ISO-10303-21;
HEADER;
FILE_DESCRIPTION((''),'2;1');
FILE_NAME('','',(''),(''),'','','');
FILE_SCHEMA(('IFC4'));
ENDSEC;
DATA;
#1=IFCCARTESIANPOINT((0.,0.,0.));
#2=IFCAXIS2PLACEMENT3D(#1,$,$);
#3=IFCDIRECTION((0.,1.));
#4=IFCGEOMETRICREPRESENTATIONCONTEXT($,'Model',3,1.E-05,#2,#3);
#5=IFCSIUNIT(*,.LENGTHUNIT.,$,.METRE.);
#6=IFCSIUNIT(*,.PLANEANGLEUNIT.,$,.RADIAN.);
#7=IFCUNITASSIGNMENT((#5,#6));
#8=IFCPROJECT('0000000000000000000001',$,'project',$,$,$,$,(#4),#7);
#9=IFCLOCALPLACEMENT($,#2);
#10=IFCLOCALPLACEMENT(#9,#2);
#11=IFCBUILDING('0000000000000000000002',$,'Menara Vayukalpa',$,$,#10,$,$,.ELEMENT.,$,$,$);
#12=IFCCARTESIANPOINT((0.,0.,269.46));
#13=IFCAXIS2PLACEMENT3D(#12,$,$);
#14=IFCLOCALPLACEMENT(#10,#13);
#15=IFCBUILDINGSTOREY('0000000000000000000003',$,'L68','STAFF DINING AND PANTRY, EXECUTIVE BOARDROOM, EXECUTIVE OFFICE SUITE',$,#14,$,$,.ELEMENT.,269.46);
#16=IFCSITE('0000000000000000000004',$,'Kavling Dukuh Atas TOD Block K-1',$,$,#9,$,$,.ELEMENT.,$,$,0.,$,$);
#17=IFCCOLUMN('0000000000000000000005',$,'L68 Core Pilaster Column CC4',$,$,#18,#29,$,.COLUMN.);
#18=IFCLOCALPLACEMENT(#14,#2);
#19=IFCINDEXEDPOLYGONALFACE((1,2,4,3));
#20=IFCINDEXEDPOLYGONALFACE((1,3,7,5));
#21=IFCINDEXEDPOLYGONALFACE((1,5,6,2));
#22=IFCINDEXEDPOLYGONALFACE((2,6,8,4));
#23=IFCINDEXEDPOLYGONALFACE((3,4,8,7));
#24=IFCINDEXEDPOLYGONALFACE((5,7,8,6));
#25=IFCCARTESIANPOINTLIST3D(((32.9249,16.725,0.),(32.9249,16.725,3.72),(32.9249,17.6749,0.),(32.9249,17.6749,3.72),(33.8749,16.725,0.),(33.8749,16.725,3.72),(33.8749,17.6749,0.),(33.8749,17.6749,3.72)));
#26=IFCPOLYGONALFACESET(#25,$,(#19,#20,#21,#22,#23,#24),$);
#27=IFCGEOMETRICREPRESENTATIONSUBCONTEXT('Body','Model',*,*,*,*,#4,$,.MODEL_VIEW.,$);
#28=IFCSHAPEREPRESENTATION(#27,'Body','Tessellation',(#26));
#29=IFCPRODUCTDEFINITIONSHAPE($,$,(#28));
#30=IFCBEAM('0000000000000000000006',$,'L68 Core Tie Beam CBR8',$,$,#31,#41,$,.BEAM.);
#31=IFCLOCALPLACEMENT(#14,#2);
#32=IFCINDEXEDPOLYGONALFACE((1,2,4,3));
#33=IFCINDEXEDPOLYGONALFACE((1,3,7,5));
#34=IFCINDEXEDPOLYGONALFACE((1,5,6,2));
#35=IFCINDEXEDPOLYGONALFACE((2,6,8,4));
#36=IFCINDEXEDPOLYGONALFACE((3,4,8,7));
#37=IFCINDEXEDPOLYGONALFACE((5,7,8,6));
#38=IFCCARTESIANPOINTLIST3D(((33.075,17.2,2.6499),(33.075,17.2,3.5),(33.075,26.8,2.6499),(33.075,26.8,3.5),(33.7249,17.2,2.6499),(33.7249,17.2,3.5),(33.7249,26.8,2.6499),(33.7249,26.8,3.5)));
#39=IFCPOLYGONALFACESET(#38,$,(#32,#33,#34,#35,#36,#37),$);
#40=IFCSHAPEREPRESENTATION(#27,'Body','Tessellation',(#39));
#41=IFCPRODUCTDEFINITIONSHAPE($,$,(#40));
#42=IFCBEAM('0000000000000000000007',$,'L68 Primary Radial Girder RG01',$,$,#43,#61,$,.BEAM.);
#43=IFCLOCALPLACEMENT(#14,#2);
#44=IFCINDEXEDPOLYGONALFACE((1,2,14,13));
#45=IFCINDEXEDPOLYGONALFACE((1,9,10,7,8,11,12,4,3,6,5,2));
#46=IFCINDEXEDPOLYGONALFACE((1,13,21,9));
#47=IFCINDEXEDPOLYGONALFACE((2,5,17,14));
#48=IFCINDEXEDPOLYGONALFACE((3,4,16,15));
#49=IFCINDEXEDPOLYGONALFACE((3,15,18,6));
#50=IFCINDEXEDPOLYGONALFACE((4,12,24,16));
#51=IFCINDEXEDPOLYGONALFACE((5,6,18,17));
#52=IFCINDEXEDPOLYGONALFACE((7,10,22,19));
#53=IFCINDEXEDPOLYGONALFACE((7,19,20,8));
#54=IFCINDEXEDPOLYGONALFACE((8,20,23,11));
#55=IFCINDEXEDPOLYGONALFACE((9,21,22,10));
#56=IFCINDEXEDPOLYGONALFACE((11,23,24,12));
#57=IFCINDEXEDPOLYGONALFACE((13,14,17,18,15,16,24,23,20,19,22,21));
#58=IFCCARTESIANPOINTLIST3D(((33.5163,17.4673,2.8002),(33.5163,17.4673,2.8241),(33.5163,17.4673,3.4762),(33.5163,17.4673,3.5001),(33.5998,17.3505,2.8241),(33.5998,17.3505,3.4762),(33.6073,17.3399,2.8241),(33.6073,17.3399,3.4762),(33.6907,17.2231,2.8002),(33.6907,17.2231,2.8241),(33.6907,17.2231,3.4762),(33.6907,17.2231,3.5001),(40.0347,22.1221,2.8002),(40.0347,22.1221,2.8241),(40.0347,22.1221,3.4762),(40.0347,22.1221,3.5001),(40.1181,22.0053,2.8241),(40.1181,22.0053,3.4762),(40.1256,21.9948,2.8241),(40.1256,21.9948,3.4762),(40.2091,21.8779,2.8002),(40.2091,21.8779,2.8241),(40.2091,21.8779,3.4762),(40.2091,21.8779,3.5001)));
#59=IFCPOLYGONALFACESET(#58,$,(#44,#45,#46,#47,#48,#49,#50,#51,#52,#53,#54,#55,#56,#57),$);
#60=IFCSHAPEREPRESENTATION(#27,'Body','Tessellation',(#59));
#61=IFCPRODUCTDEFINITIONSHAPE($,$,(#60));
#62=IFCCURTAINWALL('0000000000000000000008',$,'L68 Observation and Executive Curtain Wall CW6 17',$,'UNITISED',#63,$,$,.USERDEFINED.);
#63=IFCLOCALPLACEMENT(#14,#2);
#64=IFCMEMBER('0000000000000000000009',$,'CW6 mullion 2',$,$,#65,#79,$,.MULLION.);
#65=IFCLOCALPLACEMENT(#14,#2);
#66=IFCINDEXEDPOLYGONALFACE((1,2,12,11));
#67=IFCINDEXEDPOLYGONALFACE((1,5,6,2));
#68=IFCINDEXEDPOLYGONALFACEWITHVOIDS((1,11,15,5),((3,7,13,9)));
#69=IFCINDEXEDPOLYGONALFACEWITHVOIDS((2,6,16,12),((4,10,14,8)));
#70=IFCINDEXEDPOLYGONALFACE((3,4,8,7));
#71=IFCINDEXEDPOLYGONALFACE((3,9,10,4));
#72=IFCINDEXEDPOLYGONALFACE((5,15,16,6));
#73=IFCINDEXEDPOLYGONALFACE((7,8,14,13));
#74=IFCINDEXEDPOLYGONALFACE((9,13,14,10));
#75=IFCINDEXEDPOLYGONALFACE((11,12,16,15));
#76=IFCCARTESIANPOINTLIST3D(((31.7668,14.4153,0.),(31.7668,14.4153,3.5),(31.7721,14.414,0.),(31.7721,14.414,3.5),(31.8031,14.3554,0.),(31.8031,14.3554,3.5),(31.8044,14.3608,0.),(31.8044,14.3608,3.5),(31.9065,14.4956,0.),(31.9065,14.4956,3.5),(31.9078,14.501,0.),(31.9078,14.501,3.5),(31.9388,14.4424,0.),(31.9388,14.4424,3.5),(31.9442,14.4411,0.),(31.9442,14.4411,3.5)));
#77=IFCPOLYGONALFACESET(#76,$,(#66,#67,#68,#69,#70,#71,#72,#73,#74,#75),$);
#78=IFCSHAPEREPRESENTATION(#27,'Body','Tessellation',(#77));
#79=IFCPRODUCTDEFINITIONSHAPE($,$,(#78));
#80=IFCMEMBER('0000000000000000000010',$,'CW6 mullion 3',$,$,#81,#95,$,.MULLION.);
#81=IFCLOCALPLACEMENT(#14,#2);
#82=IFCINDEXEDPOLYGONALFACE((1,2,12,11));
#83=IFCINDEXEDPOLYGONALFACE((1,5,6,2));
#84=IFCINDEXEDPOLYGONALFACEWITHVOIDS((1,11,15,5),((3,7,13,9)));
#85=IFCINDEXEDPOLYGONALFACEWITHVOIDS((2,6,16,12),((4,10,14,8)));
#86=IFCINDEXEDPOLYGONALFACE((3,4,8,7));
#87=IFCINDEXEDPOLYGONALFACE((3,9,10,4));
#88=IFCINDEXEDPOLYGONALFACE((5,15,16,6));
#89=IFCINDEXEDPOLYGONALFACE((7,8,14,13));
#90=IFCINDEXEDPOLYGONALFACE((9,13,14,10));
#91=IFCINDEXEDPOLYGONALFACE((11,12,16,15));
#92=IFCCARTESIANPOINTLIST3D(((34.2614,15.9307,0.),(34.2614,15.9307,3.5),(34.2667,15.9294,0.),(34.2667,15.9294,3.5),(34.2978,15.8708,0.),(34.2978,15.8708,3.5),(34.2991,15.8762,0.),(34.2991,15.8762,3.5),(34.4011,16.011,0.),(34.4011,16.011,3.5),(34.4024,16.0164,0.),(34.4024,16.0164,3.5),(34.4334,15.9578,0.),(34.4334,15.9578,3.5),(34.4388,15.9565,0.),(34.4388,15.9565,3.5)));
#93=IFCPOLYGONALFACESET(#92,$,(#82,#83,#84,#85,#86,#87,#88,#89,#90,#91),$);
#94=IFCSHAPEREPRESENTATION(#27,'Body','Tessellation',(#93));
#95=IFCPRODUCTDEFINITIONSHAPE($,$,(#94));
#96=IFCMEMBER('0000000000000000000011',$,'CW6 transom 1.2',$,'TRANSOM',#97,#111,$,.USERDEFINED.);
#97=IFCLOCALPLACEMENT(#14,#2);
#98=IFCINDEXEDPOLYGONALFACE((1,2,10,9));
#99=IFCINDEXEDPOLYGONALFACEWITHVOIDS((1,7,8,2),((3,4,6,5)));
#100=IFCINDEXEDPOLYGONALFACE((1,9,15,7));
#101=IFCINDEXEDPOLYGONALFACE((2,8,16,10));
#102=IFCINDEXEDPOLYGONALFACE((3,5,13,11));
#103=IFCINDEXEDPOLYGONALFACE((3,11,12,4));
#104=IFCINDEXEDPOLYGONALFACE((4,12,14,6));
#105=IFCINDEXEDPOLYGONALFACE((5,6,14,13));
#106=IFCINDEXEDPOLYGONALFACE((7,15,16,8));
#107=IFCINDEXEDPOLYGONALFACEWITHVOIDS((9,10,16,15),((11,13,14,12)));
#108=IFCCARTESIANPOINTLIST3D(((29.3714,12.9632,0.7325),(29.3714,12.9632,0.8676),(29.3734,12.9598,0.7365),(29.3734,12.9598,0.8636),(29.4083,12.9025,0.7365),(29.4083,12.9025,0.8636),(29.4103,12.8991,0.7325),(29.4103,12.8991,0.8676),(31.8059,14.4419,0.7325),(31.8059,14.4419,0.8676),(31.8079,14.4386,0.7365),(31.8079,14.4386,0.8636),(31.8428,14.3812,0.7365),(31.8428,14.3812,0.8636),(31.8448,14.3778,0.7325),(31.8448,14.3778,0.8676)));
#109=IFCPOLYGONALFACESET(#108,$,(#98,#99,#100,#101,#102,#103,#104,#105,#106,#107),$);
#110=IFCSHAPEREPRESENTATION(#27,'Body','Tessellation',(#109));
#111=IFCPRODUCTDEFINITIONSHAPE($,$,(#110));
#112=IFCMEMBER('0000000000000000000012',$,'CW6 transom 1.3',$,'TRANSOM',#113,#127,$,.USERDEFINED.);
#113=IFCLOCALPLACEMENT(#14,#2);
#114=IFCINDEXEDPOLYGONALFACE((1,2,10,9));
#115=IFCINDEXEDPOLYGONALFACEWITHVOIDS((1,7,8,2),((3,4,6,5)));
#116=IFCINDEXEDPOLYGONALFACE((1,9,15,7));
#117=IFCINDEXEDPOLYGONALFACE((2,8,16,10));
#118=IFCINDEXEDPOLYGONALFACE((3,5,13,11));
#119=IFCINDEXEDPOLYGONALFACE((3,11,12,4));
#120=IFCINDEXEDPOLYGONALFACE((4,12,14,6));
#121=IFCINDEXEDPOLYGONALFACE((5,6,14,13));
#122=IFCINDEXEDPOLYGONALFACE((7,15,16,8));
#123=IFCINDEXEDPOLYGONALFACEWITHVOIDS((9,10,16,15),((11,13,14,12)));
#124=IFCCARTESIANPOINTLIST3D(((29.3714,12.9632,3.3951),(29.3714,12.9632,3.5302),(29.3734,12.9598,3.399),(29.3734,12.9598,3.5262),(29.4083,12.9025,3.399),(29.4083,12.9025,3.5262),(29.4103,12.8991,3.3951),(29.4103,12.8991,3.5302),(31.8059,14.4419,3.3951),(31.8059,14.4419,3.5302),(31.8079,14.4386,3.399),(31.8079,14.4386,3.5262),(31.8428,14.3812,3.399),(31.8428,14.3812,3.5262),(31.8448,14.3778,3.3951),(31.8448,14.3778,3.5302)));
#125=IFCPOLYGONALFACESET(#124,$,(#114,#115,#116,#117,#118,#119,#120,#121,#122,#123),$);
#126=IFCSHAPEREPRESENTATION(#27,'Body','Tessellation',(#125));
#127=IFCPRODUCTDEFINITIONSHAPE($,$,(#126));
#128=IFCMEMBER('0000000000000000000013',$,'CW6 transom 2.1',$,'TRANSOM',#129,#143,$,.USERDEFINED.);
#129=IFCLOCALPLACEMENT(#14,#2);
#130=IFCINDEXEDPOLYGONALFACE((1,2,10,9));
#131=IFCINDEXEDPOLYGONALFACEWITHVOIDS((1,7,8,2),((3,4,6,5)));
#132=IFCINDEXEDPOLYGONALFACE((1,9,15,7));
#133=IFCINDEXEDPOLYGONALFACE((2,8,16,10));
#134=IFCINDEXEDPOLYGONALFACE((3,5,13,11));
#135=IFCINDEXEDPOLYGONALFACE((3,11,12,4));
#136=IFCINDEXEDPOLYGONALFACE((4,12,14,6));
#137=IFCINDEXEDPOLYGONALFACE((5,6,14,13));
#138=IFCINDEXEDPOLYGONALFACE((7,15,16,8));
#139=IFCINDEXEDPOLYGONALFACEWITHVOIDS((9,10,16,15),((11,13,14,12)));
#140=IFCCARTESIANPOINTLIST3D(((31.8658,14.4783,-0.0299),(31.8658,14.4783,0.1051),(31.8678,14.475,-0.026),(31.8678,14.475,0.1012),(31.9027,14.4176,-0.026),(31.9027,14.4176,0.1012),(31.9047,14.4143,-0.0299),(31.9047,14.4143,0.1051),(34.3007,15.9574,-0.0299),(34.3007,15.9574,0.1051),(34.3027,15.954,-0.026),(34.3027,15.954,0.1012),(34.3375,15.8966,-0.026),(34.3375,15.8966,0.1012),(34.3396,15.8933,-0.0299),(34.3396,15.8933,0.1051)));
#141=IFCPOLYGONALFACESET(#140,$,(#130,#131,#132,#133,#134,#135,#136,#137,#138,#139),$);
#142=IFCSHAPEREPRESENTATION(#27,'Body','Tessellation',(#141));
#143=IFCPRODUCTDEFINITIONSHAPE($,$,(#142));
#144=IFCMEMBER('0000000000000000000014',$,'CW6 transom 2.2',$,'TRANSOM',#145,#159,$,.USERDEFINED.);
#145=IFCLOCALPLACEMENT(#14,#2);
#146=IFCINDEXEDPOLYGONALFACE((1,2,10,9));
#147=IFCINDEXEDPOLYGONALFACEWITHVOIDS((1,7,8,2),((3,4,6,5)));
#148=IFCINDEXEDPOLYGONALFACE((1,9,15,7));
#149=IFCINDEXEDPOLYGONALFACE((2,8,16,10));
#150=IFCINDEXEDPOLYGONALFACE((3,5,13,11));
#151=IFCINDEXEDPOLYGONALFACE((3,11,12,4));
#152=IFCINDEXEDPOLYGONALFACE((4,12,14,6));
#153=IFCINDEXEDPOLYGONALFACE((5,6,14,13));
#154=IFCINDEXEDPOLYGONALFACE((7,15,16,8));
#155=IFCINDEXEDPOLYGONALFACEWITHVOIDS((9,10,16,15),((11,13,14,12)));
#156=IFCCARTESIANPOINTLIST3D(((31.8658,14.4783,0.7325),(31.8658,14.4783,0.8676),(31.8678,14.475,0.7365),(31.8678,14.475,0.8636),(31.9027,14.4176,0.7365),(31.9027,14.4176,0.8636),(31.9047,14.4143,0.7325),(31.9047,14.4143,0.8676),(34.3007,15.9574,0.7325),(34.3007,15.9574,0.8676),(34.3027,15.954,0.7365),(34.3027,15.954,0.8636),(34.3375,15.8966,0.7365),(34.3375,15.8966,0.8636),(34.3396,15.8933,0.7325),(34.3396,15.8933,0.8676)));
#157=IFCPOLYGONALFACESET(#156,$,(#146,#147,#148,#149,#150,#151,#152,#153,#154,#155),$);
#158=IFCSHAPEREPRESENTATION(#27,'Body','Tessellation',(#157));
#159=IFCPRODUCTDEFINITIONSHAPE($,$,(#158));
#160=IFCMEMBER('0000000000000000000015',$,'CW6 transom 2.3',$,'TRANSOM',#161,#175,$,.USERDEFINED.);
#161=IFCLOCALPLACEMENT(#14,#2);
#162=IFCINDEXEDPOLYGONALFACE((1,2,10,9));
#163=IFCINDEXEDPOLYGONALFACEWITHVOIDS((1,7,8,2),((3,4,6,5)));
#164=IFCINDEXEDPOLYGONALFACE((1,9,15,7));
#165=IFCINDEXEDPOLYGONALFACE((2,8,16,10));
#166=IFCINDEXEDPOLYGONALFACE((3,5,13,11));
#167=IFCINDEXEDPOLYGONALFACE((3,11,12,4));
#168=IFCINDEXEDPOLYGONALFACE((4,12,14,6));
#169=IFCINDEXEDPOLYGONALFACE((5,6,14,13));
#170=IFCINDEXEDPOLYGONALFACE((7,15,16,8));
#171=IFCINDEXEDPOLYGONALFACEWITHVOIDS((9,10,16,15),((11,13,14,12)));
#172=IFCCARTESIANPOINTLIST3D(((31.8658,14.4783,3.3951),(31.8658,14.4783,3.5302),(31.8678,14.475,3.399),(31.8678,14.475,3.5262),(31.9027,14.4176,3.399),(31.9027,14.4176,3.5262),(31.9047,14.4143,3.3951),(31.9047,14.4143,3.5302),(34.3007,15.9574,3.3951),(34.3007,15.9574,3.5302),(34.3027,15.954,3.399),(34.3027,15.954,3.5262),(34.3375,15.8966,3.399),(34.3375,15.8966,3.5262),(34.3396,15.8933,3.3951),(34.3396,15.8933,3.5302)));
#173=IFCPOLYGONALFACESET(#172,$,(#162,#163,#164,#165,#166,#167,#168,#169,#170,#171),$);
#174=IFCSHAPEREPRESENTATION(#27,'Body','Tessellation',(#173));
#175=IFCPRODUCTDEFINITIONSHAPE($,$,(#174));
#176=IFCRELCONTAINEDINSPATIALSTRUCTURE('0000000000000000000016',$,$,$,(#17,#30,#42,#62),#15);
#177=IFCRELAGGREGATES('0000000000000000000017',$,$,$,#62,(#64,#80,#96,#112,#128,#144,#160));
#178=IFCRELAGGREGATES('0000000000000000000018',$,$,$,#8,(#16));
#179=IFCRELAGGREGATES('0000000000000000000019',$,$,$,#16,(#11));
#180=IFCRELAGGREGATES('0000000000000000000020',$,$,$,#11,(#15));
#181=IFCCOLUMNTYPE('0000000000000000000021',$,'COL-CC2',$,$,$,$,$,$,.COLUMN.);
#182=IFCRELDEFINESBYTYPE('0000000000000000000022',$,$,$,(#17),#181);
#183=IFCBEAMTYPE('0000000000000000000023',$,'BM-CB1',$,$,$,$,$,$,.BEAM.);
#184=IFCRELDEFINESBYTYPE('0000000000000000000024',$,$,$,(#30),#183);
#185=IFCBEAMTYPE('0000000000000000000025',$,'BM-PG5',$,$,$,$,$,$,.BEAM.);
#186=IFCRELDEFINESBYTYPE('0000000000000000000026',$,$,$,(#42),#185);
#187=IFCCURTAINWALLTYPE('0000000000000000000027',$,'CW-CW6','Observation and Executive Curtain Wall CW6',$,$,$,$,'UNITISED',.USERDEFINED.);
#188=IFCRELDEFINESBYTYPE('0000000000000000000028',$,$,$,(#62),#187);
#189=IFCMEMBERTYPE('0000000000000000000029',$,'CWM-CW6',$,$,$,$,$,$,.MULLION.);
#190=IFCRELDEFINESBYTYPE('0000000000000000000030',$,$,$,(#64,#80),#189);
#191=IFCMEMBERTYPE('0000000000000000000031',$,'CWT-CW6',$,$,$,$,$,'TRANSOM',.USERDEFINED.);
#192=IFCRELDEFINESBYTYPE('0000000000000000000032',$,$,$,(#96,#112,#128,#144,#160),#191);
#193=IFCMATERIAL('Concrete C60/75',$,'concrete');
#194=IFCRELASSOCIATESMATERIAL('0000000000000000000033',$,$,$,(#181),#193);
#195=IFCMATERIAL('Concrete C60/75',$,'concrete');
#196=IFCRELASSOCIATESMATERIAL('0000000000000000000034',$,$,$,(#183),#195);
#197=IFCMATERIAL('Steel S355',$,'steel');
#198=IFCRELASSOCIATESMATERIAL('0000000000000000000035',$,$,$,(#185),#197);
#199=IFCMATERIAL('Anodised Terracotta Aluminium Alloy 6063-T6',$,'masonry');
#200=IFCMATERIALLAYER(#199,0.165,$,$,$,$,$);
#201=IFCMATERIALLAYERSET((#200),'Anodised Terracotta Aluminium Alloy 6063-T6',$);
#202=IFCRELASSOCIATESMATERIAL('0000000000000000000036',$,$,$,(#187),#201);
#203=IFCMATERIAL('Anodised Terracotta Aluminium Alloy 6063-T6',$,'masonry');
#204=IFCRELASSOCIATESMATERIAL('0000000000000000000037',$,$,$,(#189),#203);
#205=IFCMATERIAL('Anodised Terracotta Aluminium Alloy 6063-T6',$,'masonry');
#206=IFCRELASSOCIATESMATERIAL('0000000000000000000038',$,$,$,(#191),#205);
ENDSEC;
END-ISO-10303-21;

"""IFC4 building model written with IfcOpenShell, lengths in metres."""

from ifc_helpers import new_model, si_unit, direction, frame, origin, origin_2d, place, context, subcontext, project, spatial, rectangle, hollow_rectangle, i_section, extrude, material, layer, layer_set, material_profile, profile_set, type_object, element, aggregate, save


model = new_model("IFC4")

# Units and contexts
model_context = context("Model", 3, precision=1e-05, world=origin(), true_north=direction((0.0, 1.0)))
body_context = subcontext(model_context, "Body", "Model", "MODEL_VIEW")
ifc_project = project(units=[si_unit("LENGTHUNIT", "METRE"), si_unit("PLANEANGLEUNIT", "RADIAN")], contexts=[model_context])

# Site, building, storey
site_placement = place(None, origin())
site = spatial("IfcSite", under=ifc_project, at=site_placement, Name="Kavling Dukuh Atas TOD Block K-1", CompositionType="ELEMENT", RefElevation=0.0)
building_placement = place(site_placement, origin())
building = spatial("IfcBuilding", under=site, at=building_placement, Name="Menara Vayukalpa", CompositionType="ELEMENT")
storey_placement = place(building_placement, frame((0.0, 0.0, 269.46)))
storey = spatial("IfcBuildingStorey", under=building, at=storey_placement, Name="L68", Description="STAFF DINING AND PANTRY, EXECUTIVE BOARDROOM, EXECUTIVE OFFICE SUITE", CompositionType="ELEMENT", Elevation=269.46)

# Column
ifc_material_1 = material(Name="Concrete C60/75", Category="concrete")
ifc_material_profile_1 = material_profile(ifc_material_1, rectangle(XDim=0.95, YDim=0.95, at=origin_2d()), Name="RC 950x950")
ifc_profile_set_1 = profile_set([ifc_material_profile_1], Name="Concrete C60/75")
column_type = type_object("IfcColumnType", Name="COL-CC2", PredefinedType="COLUMN", material=ifc_profile_set_1)
column_placement = place(storey_placement, frame((33.3999, 17.2, 0.0), z_axis=(0.0, 0.0, 1.0), x_axis=(1.0, 0.0, 0.0)))
element("IfcColumn", 1, at=column_placement, inside=storey, type_object=column_type, Name="L68 Core Pilaster Column CC4", PredefinedType="COLUMN", context=body_context, shape_type="SweptSolid", body=[
    extrude(rectangle(XDim=0.95, YDim=0.95, at=origin_2d()), origin(), (0.0, 0.0, 1.0), 3.72),
])

# Beams
ifc_material_2 = material(Name="Concrete C60/75", Category="concrete")
ifc_material_profile_2 = material_profile(ifc_material_2, rectangle(XDim=0.6499, YDim=0.8501, at=origin_2d()), Name="RC 650x850")
ifc_profile_set_2 = profile_set([ifc_material_profile_2], Name="Concrete C60/75")
beam_type_1 = type_object("IfcBeamType", Name="BM-CB1", PredefinedType="BEAM", material=ifc_profile_set_2)
beam_1_placement = place(storey_placement, frame((33.3999, 17.2, 3.075), z_axis=(0.0, 1.0, 0.0), x_axis=(-1.0, 0.0, 0.0)))
element("IfcBeam", 2, at=beam_1_placement, inside=storey, type_object=beam_type_1, Name="L68 Core Tie Beam CBR8", PredefinedType="BEAM", context=body_context, shape_type="SweptSolid", body=[
    extrude(rectangle(XDim=0.6499, YDim=0.8501, at=origin_2d()), origin(), (0.0, 0.0, 1.0), 9.6001),
])
ifc_material_3 = material(Name="Steel S355", Category="steel")
ifc_material_profile_3 = material_profile(ifc_material_3, i_section(OverallWidth=0.3, OverallDepth=0.7, WebThickness=0.0129, FlangeThickness=0.0239, at=origin_2d()), Name="WF 700x300x13x24")
ifc_profile_set_3 = profile_set([ifc_material_profile_3], Name="Steel S355")
beam_type_2 = type_object("IfcBeamType", Name="BM-PG5", PredefinedType="BEAM", material=ifc_profile_set_3)
beam_2_placement = place(storey_placement, frame((33.6035, 17.3452, 3.1501), z_axis=(0.813801, 0.581143, 0.0), x_axis=(-0.581143, 0.813801, 0.0)))
element("IfcBeam", 3, at=beam_2_placement, inside=storey, type_object=beam_type_2, Name="L68 Primary Radial Girder RG01", PredefinedType="BEAM", context=body_context, shape_type="SweptSolid", body=[
    extrude(i_section(OverallWidth=0.3, OverallDepth=0.7, WebThickness=0.0129, FlangeThickness=0.0239, at=origin_2d()), origin(), (0.0, 0.0, 1.0), 8.0098),
])

# Curtain wall, members
ifc_material_4 = material(Name="Anodised Terracotta Aluminium Alloy 6063-T6", Category="masonry")
ifc_layer_1 = layer(ifc_material_4, 0.165)
ifc_layer_set_1 = layer_set([ifc_layer_1], Name="Anodised Terracotta Aluminium Alloy 6063-T6")
curtain_wall_type = type_object("IfcCurtainWallType", Name="CW-CW6", Description="Observation and Executive Curtain Wall CW6", ElementType="UNITISED", PredefinedType="USERDEFINED", material=ifc_layer_set_1)
curtain_wall_placement = place(storey_placement, origin())
curtain_wall = element("IfcCurtainWall", 4, at=curtain_wall_placement, inside=storey, type_object=curtain_wall_type, Name="L68 Observation and Executive Curtain Wall CW6 17", ObjectType="UNITISED", PredefinedType="USERDEFINED")
ifc_material_5 = material(Name="Anodised Terracotta Aluminium Alloy 6063-T6", Category="masonry")
ifc_material_profile_4 = material_profile(ifc_material_5, hollow_rectangle(XDim=0.0701, YDim=0.165, WallThickness=0.0039, at=origin_2d()), Name="ALU 70x165x4")
ifc_profile_set_4 = profile_set([ifc_material_profile_4], Name="Anodised Terracotta Aluminium Alloy 6063-T6")
member_type_1 = type_object("IfcMemberType", Name="CWM-CW6", PredefinedType="MULLION", material=ifc_profile_set_4)
member_1_placement = place(storey_placement, frame((31.8555, 14.4282, 0.0), z_axis=(0.0, 0.0, 1.0), x_axis=(-0.519176, 0.854668, 0.0)))
member_1 = element("IfcMember", 5, at=member_1_placement, type_object=member_type_1, Name="CW6 mullion 2", PredefinedType="MULLION", context=body_context, shape_type="SweptSolid", body=[
    extrude(hollow_rectangle(XDim=0.0701, YDim=0.165, WallThickness=0.0039, at=origin_2d()), origin(), (0.0, 0.0, 1.0), 3.5),
])
member_2_placement = place(storey_placement, frame((34.3501, 15.9436, 0.0), z_axis=(0.0, 0.0, 1.0), x_axis=(-0.519176, 0.854668, 0.0)))
member_2 = element("IfcMember", 6, at=member_2_placement, type_object=member_type_1, Name="CW6 mullion 3", PredefinedType="MULLION", context=body_context, shape_type="SweptSolid", body=[
    extrude(hollow_rectangle(XDim=0.0701, YDim=0.165, WallThickness=0.0039, at=origin_2d()), origin(), (0.0, 0.0, 1.0), 3.5),
])
ifc_material_6 = material(Name="Anodised Terracotta Aluminium Alloy 6063-T6", Category="masonry")
ifc_material_profile_5 = material_profile(ifc_material_6, hollow_rectangle(XDim=0.075, YDim=0.135, WallThickness=0.0039, at=origin_2d()), Name="ALU 75x135x4")
ifc_profile_set_5 = profile_set([ifc_material_profile_5], Name="Anodised Terracotta Aluminium Alloy 6063-T6")
member_type_2 = type_object("IfcMemberType", Name="CWT-CW6", ElementType="TRANSOM", PredefinedType="USERDEFINED", material=ifc_profile_set_5)
member_3_placement = place(storey_placement, frame((29.3909, 12.9312, 0.8), z_axis=(0.85469, 0.519139, 0.0), x_axis=(-0.519139, 0.85469, 0.0)))
member_3 = element("IfcMember", 7, at=member_3_placement, type_object=member_type_2, Name="CW6 transom 1.2", ObjectType="TRANSOM", PredefinedType="USERDEFINED", context=body_context, shape_type="SweptSolid", body=[
    extrude(hollow_rectangle(XDim=0.075, YDim=0.135, WallThickness=0.0039, at=origin_2d()), origin(), (0.0, 0.0, 1.0), 2.8484),
])
member_4_placement = place(storey_placement, frame((29.3909, 12.9312, 3.4626), z_axis=(0.85469, 0.519139, 0.0), x_axis=(-0.519139, 0.85469, 0.0)))
member_4 = element("IfcMember", 8, at=member_4_placement, type_object=member_type_2, Name="CW6 transom 1.3", ObjectType="TRANSOM", PredefinedType="USERDEFINED", context=body_context, shape_type="SweptSolid", body=[
    extrude(hollow_rectangle(XDim=0.075, YDim=0.135, WallThickness=0.0039, at=origin_2d()), origin(), (0.0, 0.0, 1.0), 2.8484),
])
member_5_placement = place(storey_placement, frame((31.8853, 14.4463, 0.0376), z_axis=(0.854675, 0.519164, 0.0), x_axis=(-0.519164, 0.854675, 0.0)))
member_5 = element("IfcMember", 9, at=member_5_placement, type_object=member_type_2, Name="CW6 transom 2.1", ObjectType="TRANSOM", PredefinedType="USERDEFINED", context=body_context, shape_type="SweptSolid", body=[
    extrude(hollow_rectangle(XDim=0.075, YDim=0.135, WallThickness=0.0039, at=origin_2d()), origin(), (0.0, 0.0, 1.0), 2.8489),
])
member_6_placement = place(storey_placement, frame((31.8853, 14.4463, 0.8), z_axis=(0.854675, 0.519164, 0.0), x_axis=(-0.519164, 0.854675, 0.0)))
member_6 = element("IfcMember", 10, at=member_6_placement, type_object=member_type_2, Name="CW6 transom 2.2", ObjectType="TRANSOM", PredefinedType="USERDEFINED", context=body_context, shape_type="SweptSolid", body=[
    extrude(hollow_rectangle(XDim=0.075, YDim=0.135, WallThickness=0.0039, at=origin_2d()), origin(), (0.0, 0.0, 1.0), 2.8489),
])
member_7_placement = place(storey_placement, frame((31.8853, 14.4463, 3.4626), z_axis=(0.854675, 0.519164, 0.0), x_axis=(-0.519164, 0.854675, 0.0)))
member_7 = element("IfcMember", 11, at=member_7_placement, type_object=member_type_2, Name="CW6 transom 2.3", ObjectType="TRANSOM", PredefinedType="USERDEFINED", context=body_context, shape_type="SweptSolid", body=[
    extrude(hollow_rectangle(XDim=0.075, YDim=0.135, WallThickness=0.0039, at=origin_2d()), origin(), (0.0, 0.0, 1.0), 2.8489),
])
aggregate(curtain_wall, [member_1, member_2, member_3, member_4, member_5, member_6, member_7])

save(model, "model.ifc")
